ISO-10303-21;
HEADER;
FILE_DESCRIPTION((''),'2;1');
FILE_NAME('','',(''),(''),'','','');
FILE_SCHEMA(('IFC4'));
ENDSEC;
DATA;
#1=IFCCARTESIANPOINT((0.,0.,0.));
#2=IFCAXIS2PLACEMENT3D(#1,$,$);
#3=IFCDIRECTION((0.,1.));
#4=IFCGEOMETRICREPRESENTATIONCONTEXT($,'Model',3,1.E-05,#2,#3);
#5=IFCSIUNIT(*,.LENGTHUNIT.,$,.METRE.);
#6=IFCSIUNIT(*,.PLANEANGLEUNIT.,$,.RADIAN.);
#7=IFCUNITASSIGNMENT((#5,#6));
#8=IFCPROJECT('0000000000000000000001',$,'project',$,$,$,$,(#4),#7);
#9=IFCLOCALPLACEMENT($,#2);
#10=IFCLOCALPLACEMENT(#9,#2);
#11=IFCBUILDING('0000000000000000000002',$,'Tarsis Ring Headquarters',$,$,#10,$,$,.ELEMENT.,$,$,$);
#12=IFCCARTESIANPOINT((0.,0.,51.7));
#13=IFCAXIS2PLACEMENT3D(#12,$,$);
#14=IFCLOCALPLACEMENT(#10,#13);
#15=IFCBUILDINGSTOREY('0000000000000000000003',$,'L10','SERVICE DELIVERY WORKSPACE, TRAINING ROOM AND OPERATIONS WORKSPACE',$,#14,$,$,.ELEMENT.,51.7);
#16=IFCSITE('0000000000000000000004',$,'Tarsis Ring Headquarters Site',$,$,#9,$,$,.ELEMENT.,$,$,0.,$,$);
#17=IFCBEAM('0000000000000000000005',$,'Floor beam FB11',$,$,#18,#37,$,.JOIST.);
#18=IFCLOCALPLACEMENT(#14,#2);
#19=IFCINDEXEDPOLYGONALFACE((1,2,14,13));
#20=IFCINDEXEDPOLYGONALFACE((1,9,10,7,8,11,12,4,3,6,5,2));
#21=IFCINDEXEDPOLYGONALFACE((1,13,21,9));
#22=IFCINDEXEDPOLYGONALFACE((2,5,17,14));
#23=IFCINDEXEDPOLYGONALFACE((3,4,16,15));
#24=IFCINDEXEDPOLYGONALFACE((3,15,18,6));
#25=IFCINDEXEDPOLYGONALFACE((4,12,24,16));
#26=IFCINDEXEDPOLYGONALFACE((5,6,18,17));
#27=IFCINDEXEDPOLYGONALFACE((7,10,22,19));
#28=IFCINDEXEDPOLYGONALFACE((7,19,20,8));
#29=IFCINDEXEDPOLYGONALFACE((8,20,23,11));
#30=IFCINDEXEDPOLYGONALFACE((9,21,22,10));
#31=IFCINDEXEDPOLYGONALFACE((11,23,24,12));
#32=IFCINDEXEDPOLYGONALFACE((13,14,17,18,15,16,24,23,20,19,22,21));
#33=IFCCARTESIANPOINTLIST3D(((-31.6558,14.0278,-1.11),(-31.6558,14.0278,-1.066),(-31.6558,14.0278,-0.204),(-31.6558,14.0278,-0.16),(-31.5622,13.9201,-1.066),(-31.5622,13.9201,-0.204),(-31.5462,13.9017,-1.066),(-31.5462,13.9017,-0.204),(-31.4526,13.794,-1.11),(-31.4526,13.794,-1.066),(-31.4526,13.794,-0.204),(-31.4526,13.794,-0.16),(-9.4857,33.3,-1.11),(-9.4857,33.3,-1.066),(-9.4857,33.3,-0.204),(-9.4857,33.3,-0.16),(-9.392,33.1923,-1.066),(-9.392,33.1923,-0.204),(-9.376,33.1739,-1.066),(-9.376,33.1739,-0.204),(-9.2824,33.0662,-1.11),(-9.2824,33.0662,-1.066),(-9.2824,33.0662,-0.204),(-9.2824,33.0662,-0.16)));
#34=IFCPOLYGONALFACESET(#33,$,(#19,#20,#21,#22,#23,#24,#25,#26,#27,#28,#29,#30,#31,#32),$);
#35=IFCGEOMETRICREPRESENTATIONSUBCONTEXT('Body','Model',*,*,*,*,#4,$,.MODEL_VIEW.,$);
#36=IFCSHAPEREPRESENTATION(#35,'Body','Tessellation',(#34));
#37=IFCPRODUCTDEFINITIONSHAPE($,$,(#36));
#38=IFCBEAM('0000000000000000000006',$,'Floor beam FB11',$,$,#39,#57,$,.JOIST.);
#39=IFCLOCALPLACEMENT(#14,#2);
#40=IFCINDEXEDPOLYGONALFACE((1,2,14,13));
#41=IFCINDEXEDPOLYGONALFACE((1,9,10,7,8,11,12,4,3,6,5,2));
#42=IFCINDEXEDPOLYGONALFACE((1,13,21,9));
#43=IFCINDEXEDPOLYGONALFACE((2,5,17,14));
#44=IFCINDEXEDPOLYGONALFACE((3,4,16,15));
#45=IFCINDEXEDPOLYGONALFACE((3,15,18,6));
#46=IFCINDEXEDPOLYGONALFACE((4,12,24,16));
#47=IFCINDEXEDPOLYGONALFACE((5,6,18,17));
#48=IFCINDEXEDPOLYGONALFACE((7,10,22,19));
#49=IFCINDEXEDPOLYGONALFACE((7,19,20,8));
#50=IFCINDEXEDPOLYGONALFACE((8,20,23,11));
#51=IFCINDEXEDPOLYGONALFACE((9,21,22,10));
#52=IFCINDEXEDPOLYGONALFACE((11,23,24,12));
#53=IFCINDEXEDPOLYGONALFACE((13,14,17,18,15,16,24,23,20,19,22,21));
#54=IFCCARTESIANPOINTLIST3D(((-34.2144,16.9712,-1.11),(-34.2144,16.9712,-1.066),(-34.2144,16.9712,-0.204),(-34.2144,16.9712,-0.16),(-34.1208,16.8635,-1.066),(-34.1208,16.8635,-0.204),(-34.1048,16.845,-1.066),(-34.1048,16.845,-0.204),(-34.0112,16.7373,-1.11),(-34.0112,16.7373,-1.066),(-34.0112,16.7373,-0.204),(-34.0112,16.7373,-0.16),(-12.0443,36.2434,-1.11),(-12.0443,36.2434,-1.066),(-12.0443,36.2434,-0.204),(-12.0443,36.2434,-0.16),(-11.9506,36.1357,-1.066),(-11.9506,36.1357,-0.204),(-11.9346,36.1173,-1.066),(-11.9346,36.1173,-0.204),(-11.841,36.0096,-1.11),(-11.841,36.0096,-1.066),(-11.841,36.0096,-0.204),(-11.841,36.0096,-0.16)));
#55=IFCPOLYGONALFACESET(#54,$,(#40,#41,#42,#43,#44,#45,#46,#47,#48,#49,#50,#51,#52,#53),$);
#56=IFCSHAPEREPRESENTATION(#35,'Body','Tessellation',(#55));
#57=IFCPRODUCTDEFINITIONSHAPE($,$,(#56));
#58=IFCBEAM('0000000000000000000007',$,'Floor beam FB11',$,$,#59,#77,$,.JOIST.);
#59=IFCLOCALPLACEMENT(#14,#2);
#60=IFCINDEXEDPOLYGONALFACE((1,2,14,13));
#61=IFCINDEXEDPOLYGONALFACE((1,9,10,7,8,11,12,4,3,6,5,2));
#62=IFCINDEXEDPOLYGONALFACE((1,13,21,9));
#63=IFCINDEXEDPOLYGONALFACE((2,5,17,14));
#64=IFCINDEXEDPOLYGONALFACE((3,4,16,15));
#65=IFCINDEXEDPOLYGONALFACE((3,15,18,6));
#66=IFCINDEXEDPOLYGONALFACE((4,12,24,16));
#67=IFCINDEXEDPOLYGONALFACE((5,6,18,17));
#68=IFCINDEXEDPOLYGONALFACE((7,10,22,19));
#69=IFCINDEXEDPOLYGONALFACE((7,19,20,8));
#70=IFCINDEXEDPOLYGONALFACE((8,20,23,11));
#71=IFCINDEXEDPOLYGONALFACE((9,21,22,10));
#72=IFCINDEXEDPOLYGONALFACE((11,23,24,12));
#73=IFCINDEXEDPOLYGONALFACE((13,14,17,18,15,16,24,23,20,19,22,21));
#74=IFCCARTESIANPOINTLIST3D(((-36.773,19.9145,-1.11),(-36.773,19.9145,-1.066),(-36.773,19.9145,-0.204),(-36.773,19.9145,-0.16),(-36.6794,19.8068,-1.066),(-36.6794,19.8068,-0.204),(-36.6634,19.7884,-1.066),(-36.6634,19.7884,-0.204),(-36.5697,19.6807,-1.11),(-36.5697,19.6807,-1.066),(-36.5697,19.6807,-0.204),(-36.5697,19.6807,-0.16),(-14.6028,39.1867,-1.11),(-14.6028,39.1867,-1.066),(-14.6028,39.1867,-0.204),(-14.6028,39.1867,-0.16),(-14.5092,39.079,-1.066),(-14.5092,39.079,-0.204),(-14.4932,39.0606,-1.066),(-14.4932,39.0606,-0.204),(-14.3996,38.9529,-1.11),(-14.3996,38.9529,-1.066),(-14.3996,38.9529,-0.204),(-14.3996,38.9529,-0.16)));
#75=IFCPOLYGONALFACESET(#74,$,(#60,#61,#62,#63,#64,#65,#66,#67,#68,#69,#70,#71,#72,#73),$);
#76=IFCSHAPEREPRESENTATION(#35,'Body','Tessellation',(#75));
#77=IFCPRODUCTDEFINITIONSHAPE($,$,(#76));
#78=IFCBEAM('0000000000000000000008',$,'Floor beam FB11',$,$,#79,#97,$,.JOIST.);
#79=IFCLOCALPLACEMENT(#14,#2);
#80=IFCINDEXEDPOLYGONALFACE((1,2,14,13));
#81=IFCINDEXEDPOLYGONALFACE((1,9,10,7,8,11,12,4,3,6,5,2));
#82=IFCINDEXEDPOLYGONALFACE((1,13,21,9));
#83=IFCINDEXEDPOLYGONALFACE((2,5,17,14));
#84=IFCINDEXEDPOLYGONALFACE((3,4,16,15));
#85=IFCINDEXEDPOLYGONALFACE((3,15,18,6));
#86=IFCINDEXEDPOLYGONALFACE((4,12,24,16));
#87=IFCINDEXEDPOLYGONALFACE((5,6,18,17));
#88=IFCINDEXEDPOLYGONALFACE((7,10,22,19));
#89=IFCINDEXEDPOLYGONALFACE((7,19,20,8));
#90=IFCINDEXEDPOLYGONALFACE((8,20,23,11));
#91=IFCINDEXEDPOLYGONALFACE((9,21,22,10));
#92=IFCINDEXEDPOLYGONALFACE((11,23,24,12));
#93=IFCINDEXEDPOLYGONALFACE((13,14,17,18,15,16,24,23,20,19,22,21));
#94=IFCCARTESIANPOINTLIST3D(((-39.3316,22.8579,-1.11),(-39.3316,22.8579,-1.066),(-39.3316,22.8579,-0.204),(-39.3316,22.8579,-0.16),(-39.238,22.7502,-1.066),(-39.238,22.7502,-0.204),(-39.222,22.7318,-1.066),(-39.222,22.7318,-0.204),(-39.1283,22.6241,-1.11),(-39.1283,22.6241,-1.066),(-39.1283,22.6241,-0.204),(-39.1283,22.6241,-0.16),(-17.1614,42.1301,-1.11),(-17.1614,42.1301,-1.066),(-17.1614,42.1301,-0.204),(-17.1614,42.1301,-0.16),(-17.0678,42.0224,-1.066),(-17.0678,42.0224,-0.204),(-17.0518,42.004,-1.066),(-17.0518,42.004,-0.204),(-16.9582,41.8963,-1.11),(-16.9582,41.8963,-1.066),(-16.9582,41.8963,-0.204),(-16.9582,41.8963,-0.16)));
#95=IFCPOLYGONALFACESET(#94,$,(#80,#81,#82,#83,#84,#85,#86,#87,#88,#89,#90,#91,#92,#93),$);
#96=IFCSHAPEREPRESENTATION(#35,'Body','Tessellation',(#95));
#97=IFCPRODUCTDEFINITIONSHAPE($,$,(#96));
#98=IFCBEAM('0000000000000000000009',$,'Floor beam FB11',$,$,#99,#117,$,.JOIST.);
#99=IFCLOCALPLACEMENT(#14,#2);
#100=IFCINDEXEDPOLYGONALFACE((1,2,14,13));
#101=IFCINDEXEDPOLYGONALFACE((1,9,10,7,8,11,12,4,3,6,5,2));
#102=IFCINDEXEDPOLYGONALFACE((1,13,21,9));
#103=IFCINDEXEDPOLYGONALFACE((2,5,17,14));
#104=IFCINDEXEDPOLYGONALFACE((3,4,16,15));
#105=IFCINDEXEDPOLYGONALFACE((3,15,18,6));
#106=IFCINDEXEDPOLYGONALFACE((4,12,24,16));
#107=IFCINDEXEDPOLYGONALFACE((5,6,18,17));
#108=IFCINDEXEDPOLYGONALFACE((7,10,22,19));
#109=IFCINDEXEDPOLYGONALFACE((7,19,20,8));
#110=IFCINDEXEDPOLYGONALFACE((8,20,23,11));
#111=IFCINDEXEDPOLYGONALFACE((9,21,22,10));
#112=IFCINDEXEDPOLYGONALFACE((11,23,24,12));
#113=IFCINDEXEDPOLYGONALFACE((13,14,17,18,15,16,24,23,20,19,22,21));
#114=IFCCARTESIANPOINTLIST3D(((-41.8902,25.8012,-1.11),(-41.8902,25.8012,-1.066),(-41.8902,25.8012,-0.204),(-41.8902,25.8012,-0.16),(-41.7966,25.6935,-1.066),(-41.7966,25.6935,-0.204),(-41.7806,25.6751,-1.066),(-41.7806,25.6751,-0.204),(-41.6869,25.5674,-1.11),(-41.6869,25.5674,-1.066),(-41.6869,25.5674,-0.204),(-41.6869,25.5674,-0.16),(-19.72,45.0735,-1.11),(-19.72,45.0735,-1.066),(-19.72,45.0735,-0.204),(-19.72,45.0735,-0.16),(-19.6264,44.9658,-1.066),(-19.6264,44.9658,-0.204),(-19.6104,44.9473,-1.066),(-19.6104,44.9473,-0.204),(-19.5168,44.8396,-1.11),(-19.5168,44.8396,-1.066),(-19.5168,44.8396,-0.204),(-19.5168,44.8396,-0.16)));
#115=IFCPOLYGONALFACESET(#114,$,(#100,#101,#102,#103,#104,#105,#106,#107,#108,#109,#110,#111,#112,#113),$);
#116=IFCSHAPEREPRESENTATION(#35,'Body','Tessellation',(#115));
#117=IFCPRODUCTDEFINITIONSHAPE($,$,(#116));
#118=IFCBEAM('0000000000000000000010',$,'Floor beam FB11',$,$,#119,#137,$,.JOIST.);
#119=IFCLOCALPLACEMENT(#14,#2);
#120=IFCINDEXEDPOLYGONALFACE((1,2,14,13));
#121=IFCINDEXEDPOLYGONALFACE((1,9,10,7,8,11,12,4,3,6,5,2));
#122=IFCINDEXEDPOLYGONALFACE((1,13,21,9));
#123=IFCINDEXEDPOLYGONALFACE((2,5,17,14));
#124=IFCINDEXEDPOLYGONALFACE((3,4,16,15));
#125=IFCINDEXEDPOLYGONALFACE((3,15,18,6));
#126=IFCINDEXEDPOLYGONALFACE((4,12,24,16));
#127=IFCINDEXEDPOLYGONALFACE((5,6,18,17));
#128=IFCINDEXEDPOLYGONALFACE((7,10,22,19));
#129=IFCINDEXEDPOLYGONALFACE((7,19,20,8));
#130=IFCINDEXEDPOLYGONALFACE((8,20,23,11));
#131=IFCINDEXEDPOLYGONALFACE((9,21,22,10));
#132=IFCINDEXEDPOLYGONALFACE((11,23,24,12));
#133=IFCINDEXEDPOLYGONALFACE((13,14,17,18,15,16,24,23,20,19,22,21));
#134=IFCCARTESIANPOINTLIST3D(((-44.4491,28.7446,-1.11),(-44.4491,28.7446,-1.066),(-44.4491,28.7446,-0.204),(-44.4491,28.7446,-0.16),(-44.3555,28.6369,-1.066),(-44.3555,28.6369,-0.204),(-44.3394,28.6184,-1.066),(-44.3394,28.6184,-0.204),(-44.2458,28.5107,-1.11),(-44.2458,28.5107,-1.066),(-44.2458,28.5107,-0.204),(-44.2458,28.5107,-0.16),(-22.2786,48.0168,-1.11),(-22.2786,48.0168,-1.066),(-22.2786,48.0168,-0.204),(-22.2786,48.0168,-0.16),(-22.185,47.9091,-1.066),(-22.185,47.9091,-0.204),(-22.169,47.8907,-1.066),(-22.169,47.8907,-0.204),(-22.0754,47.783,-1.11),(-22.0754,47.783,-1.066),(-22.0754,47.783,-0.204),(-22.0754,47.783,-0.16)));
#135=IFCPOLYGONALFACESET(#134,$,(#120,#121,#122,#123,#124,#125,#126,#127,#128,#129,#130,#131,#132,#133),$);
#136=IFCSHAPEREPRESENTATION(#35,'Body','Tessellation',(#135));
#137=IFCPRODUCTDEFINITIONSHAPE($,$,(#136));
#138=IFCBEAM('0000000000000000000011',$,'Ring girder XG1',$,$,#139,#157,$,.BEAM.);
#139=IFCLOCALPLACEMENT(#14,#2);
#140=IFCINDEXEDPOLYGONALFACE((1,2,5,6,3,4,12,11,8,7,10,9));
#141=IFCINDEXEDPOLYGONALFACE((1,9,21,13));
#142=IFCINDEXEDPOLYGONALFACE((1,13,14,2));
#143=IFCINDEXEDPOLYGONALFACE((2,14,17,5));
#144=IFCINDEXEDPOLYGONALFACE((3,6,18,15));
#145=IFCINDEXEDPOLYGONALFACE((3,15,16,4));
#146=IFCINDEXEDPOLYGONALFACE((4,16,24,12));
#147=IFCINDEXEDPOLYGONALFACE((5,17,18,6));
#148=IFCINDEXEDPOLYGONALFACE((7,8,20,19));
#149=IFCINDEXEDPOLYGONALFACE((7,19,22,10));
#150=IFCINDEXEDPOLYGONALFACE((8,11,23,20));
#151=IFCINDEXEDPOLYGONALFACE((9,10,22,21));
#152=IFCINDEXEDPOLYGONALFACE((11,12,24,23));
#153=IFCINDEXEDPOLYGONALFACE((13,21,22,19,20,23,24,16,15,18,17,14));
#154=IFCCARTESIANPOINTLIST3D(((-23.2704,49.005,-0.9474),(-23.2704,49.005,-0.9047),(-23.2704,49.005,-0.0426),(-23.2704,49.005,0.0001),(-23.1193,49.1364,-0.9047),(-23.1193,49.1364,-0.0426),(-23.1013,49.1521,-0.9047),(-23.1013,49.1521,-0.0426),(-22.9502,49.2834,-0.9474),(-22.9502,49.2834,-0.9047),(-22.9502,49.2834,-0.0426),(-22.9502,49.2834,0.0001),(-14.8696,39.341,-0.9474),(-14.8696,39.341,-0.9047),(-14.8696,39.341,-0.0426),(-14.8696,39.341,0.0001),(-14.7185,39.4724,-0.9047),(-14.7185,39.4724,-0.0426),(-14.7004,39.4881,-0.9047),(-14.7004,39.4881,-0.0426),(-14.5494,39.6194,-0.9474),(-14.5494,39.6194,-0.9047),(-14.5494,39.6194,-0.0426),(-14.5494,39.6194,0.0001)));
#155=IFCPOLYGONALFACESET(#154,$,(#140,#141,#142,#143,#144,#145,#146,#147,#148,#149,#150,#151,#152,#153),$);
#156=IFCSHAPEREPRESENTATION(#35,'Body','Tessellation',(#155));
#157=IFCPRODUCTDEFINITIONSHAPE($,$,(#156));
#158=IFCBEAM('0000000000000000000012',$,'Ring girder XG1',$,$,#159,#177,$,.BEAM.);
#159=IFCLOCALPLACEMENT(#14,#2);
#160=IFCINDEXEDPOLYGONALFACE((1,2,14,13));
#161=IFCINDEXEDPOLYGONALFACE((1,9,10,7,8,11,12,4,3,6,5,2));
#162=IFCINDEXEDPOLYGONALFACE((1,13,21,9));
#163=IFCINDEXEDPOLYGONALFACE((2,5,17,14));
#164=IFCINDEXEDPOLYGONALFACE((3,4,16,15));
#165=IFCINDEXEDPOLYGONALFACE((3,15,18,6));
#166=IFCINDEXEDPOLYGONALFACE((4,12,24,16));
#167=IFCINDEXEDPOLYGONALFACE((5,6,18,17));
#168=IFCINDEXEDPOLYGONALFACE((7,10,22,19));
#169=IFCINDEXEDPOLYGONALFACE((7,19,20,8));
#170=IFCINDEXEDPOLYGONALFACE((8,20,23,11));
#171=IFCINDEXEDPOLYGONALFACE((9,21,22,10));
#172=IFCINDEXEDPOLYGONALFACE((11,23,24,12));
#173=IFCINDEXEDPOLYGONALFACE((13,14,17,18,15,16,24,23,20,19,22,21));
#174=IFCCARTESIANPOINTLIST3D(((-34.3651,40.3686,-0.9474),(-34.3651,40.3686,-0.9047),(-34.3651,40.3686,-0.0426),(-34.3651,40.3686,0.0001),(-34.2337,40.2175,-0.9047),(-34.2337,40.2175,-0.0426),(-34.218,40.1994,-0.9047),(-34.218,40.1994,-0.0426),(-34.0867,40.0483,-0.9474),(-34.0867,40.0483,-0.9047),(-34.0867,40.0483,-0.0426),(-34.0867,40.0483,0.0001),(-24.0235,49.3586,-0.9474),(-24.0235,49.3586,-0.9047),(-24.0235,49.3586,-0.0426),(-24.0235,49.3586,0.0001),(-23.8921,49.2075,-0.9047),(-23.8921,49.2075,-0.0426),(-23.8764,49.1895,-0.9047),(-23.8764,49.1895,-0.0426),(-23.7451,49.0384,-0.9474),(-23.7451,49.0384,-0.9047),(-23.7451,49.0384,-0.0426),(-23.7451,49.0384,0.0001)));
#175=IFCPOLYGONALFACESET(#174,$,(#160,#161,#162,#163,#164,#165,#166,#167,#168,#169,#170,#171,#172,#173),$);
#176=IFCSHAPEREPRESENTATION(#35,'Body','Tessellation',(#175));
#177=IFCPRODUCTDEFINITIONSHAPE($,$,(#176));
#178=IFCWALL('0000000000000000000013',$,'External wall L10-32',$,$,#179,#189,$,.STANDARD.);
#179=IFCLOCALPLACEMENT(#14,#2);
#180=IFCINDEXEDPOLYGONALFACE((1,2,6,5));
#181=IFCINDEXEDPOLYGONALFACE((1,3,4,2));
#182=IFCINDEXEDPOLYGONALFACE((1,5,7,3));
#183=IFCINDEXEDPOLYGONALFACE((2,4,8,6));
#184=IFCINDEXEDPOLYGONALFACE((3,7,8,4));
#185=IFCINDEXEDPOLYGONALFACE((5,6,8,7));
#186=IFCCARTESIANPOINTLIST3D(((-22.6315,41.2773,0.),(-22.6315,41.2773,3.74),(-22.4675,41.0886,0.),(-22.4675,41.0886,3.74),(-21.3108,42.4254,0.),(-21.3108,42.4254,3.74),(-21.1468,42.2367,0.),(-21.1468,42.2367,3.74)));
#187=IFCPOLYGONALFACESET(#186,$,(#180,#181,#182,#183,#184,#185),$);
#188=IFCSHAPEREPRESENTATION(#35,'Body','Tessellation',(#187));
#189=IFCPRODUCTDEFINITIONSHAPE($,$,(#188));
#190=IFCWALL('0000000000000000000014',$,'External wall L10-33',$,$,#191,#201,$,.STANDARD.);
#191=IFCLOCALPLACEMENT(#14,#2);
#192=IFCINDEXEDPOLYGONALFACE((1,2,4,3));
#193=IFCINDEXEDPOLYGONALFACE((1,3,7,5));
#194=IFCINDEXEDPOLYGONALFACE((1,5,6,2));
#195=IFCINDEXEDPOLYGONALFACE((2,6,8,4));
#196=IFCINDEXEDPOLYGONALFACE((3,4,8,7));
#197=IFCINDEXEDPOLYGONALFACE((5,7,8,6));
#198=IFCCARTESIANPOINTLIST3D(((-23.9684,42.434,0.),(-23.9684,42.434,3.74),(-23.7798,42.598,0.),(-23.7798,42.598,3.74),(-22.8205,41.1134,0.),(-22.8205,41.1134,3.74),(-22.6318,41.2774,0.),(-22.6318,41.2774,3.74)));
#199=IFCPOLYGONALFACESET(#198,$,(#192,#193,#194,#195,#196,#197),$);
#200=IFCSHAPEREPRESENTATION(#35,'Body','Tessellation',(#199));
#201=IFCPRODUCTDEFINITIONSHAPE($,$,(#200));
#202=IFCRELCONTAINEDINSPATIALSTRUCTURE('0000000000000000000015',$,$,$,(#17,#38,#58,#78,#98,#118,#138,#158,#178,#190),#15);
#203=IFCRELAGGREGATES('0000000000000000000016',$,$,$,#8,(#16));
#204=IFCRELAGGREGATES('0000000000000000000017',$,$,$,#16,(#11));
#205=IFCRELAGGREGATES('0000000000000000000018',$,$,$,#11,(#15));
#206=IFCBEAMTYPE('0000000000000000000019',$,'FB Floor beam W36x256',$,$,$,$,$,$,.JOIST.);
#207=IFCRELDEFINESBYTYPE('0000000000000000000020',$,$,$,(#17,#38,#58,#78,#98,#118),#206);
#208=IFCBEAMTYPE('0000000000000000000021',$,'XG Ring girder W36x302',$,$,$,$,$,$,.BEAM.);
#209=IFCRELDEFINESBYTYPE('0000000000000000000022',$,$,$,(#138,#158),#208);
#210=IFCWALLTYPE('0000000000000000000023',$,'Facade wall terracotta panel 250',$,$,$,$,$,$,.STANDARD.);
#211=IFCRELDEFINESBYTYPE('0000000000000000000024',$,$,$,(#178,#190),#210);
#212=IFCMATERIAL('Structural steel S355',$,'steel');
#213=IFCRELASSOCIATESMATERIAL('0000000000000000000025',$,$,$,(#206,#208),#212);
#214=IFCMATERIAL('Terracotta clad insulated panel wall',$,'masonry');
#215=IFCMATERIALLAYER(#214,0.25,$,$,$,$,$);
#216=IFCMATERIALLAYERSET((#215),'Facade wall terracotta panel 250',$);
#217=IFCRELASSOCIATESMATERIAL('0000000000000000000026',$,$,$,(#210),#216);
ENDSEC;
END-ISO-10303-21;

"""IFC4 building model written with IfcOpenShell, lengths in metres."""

from ifc_helpers import new_model, si_unit, direction, frame, frame_2d, origin, origin_2d, place, context, subcontext, project, spatial, rectangle, i_section, extrude, material, layer, layer_set, material_profile, profile_set, type_object, element, save


model = new_model("IFC4")

# Units and contexts
model_context = context("Model", 3, precision=1e-05, world=origin(), true_north=direction((0.0, 1.0)))
body_context = subcontext(model_context, "Body", "Model", "MODEL_VIEW")
ifc_project = project(units=[si_unit("LENGTHUNIT", "METRE"), si_unit("PLANEANGLEUNIT", "RADIAN")], contexts=[model_context])

# Site, building, storey
site_placement = place(None, origin())
site = spatial("IfcSite", under=ifc_project, at=site_placement, Name="Tarsis Ring Headquarters Site", CompositionType="ELEMENT", RefElevation=0.0)
building_placement = place(site_placement, origin())
building = spatial("IfcBuilding", under=site, at=building_placement, Name="Tarsis Ring Headquarters", CompositionType="ELEMENT")
storey_placement = place(building_placement, frame((0.0, 0.0, 51.7)))
storey = spatial("IfcBuildingStorey", under=building, at=storey_placement, Name="L10", Description="SERVICE DELIVERY WORKSPACE, TRAINING ROOM AND OPERATIONS WORKSPACE", CompositionType="ELEMENT", Elevation=51.7)

# Beams
ifc_material_1 = material(Name="Structural steel S355", Category="steel")
ifc_material_profile_1 = material_profile(ifc_material_1, i_section(OverallWidth=0.3098, OverallDepth=0.95, WebThickness=0.0244, FlangeThickness=0.0439, at=origin_2d()), Name="W36x256")
ifc_profile_set_1 = profile_set([ifc_material_profile_1], Name="Structural steel S355")
beam_type_1 = type_object("IfcBeamType", Name="FB Floor beam W36x256", PredefinedType="JOIST", material=ifc_profile_set_1)
for number, where, z_axis, x_axis, name in (
    (1, (-9.384, 33.1831, -0.635), (-0.75471, -0.656059, 0.0), (0.656059, -0.75471, 0.0), "Floor beam FB11"),
    (2, (-11.9426, 36.1265, -0.635), (-0.75471, -0.656059, 0.0), (0.656059, -0.75471, 0.0), "Floor beam FB11"),
    (3, (-14.5012, 39.0698, -0.635), (-0.75471, -0.656059, 0.0), (0.656059, -0.75471, 0.0), "Floor beam FB11"),
    (4, (-17.0598, 42.0132, -0.635), (-0.75471, -0.656059, 0.0), (0.656059, -0.75471, 0.0), "Floor beam FB11"),
    (5, (-19.6184, 44.9565, -0.635), (-0.75471, -0.656059, 0.0), (0.656059, -0.75471, 0.0), "Floor beam FB11"),
):
    element("IfcBeam", number, at=place(storey_placement, frame(where, z_axis=z_axis, x_axis=x_axis)), inside=storey, type_object=beam_type_1, Name=name, PredefinedType="JOIST", context=body_context, shape_type="SweptSolid", body=[
        extrude(i_section(OverallWidth=0.3098, OverallDepth=0.95, WebThickness=0.0244, FlangeThickness=0.0439, at=origin_2d()), origin(), (0.0, 0.0, 1.0), 29.3757),
    ])
beam_1_placement = place(storey_placement, frame((-22.177, 47.8999, -0.635), z_axis=(-0.754713, -0.656055, 0.0), x_axis=(0.656055, -0.754713, 0.0)))
element("IfcBeam", 6, at=beam_1_placement, inside=storey, type_object=beam_type_1, Name="Floor beam FB11", PredefinedType="JOIST", context=body_context, shape_type="SweptSolid", body=[
    extrude(i_section(OverallWidth=0.3098, OverallDepth=0.95, WebThickness=0.0244, FlangeThickness=0.0439, at=origin_2d()), origin(), (0.0, 0.0, 1.0), 29.376),
])
ifc_material_profile_2 = material_profile(ifc_material_1, i_section(OverallWidth=0.4243, OverallDepth=0.9475, WebThickness=0.0239, FlangeThickness=0.0427, at=origin_2d()), Name="W36x302")
ifc_profile_set_2 = profile_set([ifc_material_profile_2], Name="Structural steel S355")
beam_type_2 = type_object("IfcBeamType", Name="XG Ring girder W36x302", PredefinedType="BEAM", material=ifc_profile_set_2)
beam_2_placement = place(storey_placement, frame((-14.7095, 39.4802, -0.4736), z_axis=(-0.656061, 0.754708, 0.0), x_axis=(-0.754708, -0.656061, 0.0)))
element("IfcBeam", 7, at=beam_2_placement, inside=storey, type_object=beam_type_2, Name="Ring girder XG1", PredefinedType="BEAM", context=body_context, shape_type="SweptSolid", body=[
    extrude(i_section(OverallWidth=0.4243, OverallDepth=0.9475, WebThickness=0.0239, FlangeThickness=0.0427, at=origin_2d()), origin(), (0.0, 0.0, 1.0), 12.8049),
])
beam_3_placement = place(storey_placement, frame((-23.8843, 49.1985, -0.4736), z_axis=(-0.754702, -0.656068, 0.0), x_axis=(0.656068, -0.754702, 0.0)))
element("IfcBeam", 8, at=beam_3_placement, inside=storey, type_object=beam_type_2, Name="Ring girder XG1", PredefinedType="BEAM", context=body_context, shape_type="SweptSolid", body=[
    extrude(i_section(OverallWidth=0.4243, OverallDepth=0.9475, WebThickness=0.0239, FlangeThickness=0.0427, at=origin_2d()), origin(), (0.0, 0.0, 1.0), 13.7029),
])

# Walls
ifc_material_2 = material(Name="Terracotta clad insulated panel wall", Category="masonry")
ifc_layer = layer(ifc_material_2, 0.25)
ifc_layer_set = layer_set([ifc_layer], Name="Facade wall terracotta panel 250")
wall_type = type_object("IfcWallType", Name="Facade wall terracotta panel 250", PredefinedType="STANDARD", material=ifc_layer_set)
wall_1_placement = place(storey_placement, frame((-21.2288, 42.3311, 0.0), z_axis=(0.0, 0.0, 1.0), x_axis=(-0.754699, -0.656072, 0.0)))
element("IfcWall", 9, at=wall_1_placement, inside=storey, type_object=wall_type, Name="External wall L10-32", PredefinedType="STANDARD", context=body_context, shape_type="SweptSolid", body=[
    extrude(rectangle(XDim=1.75, YDim=0.25, at=frame_2d((0.875, 0.0))), origin(), (0.0, 0.0, 1.0), 3.74),
])
wall_2_placement = place(storey_placement, frame((-22.7261, 41.1953, 0.0), z_axis=(0.0, 0.0, 1.0), x_axis=(-0.656061, 0.754708, 0.0)))
element("IfcWall", 10, at=wall_2_placement, inside=storey, type_object=wall_type, Name="External wall L10-33", PredefinedType="STANDARD", context=body_context, shape_type="SweptSolid", body=[
    extrude(rectangle(XDim=1.7498, YDim=0.25, at=frame_2d((0.875, 0.0))), origin(), (0.0, 0.0, 1.0), 3.74),
])

save(model, "model.ifc")
